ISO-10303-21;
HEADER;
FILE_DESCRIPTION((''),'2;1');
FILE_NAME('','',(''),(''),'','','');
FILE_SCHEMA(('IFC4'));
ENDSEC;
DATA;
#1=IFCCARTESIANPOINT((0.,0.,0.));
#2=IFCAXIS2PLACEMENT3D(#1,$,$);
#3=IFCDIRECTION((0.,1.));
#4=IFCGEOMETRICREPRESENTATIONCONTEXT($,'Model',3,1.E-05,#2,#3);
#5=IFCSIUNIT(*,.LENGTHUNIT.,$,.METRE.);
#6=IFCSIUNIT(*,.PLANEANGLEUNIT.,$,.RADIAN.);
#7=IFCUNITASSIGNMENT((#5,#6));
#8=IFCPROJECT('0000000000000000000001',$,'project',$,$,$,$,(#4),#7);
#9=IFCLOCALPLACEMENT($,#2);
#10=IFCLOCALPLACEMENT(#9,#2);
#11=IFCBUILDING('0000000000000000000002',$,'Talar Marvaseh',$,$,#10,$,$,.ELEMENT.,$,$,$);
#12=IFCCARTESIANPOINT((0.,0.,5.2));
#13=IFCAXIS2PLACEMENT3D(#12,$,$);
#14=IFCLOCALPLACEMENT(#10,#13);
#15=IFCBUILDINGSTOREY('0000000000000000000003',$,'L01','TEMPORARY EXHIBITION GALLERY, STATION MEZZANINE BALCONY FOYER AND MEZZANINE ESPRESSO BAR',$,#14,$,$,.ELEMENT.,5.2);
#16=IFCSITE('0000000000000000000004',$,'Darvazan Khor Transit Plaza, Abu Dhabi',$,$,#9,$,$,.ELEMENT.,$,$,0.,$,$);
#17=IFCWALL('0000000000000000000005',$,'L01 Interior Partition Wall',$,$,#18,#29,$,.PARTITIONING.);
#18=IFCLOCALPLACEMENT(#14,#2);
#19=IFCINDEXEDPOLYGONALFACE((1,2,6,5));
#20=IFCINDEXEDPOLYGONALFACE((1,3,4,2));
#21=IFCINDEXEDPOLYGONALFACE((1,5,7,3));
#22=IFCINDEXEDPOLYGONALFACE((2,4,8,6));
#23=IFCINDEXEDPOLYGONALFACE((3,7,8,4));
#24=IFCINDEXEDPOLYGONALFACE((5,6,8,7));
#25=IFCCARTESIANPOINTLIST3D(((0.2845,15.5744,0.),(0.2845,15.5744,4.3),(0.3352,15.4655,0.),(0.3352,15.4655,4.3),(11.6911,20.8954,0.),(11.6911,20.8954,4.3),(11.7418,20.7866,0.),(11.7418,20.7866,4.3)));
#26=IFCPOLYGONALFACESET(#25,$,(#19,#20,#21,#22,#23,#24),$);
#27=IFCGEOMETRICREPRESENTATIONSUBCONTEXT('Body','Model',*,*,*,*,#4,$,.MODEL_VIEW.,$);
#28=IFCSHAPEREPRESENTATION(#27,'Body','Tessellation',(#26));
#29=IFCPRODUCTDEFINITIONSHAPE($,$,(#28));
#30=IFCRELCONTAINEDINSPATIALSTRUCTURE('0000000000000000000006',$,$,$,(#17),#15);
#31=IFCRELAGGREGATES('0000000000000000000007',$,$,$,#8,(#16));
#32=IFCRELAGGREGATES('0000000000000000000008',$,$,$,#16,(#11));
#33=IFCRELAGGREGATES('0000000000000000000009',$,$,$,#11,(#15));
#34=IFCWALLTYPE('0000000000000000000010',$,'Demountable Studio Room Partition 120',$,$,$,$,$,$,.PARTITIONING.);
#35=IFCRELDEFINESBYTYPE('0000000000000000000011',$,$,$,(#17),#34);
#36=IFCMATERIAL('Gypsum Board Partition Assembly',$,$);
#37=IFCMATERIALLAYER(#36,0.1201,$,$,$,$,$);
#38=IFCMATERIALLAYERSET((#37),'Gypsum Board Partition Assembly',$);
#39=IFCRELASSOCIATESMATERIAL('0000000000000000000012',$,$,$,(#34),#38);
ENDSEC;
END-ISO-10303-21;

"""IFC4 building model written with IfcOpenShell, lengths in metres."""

from ifc_helpers import new_model, si_unit, direction, frame, frame_2d, origin, place, context, subcontext, project, spatial, rectangle, extrude, material, layer, layer_set, type_object, element, save


model = new_model("IFC4")

# Units and contexts
model_context = context("Model", 3, precision=1e-05, world=origin(), true_north=direction((0.0, 1.0)))
body_context = subcontext(model_context, "Body", "Model", "MODEL_VIEW")
ifc_project = project(units=[si_unit("LENGTHUNIT", "METRE"), si_unit("PLANEANGLEUNIT", "RADIAN")], contexts=[model_context])

# Site, building, storey
site_placement = place(None, origin())
site = spatial("IfcSite", under=ifc_project, at=site_placement, Name="Darvazan Khor Transit Plaza, Abu Dhabi", CompositionType="ELEMENT", RefElevation=0.0)
building_placement = place(site_placement, origin())
building = spatial("IfcBuilding", under=site, at=building_placement, Name="Talar Marvaseh", CompositionType="ELEMENT")
storey_placement = place(building_placement, frame((0.0, 0.0, 5.2)))
storey = spatial("IfcBuildingStorey", under=building, at=storey_placement, Name="L01", Description="TEMPORARY EXHIBITION GALLERY, STATION MEZZANINE BALCONY FOYER AND MEZZANINE ESPRESSO BAR", CompositionType="ELEMENT", Elevation=5.2)

# Shared definitions
ifc_material_1 = material(Name="Gypsum Board Partition Assembly")

# Wall
ifc_layer_1 = layer(ifc_material_1, 0.1201)
ifc_layer_set_1 = layer_set([ifc_layer_1], Name="Gypsum Board Partition Assembly")
wall_type_1 = type_object("IfcWallType", Name="Demountable Studio Room Partition 120", PredefinedType="PARTITIONING", material=ifc_layer_set_1)
wall_1_placement = place(storey_placement, frame((11.7166, 20.8411, 0.0), z_axis=(0.0, 0.0, 1.0), x_axis=(-0.906244, -0.422756, 0.0)))
element("IfcWall", 1, at=wall_1_placement, inside=storey, type_object=wall_type_1, Name="L01 Interior Partition Wall", PredefinedType="PARTITIONING", context=body_context, shape_type="SweptSolid", body=[
    extrude(rectangle(XDim=12.5867, YDim=0.1201, at=frame_2d((6.2935, 0.0))), origin(), (0.0, 0.0, 1.0), 4.3),
])

save(model, "model.ifc")
